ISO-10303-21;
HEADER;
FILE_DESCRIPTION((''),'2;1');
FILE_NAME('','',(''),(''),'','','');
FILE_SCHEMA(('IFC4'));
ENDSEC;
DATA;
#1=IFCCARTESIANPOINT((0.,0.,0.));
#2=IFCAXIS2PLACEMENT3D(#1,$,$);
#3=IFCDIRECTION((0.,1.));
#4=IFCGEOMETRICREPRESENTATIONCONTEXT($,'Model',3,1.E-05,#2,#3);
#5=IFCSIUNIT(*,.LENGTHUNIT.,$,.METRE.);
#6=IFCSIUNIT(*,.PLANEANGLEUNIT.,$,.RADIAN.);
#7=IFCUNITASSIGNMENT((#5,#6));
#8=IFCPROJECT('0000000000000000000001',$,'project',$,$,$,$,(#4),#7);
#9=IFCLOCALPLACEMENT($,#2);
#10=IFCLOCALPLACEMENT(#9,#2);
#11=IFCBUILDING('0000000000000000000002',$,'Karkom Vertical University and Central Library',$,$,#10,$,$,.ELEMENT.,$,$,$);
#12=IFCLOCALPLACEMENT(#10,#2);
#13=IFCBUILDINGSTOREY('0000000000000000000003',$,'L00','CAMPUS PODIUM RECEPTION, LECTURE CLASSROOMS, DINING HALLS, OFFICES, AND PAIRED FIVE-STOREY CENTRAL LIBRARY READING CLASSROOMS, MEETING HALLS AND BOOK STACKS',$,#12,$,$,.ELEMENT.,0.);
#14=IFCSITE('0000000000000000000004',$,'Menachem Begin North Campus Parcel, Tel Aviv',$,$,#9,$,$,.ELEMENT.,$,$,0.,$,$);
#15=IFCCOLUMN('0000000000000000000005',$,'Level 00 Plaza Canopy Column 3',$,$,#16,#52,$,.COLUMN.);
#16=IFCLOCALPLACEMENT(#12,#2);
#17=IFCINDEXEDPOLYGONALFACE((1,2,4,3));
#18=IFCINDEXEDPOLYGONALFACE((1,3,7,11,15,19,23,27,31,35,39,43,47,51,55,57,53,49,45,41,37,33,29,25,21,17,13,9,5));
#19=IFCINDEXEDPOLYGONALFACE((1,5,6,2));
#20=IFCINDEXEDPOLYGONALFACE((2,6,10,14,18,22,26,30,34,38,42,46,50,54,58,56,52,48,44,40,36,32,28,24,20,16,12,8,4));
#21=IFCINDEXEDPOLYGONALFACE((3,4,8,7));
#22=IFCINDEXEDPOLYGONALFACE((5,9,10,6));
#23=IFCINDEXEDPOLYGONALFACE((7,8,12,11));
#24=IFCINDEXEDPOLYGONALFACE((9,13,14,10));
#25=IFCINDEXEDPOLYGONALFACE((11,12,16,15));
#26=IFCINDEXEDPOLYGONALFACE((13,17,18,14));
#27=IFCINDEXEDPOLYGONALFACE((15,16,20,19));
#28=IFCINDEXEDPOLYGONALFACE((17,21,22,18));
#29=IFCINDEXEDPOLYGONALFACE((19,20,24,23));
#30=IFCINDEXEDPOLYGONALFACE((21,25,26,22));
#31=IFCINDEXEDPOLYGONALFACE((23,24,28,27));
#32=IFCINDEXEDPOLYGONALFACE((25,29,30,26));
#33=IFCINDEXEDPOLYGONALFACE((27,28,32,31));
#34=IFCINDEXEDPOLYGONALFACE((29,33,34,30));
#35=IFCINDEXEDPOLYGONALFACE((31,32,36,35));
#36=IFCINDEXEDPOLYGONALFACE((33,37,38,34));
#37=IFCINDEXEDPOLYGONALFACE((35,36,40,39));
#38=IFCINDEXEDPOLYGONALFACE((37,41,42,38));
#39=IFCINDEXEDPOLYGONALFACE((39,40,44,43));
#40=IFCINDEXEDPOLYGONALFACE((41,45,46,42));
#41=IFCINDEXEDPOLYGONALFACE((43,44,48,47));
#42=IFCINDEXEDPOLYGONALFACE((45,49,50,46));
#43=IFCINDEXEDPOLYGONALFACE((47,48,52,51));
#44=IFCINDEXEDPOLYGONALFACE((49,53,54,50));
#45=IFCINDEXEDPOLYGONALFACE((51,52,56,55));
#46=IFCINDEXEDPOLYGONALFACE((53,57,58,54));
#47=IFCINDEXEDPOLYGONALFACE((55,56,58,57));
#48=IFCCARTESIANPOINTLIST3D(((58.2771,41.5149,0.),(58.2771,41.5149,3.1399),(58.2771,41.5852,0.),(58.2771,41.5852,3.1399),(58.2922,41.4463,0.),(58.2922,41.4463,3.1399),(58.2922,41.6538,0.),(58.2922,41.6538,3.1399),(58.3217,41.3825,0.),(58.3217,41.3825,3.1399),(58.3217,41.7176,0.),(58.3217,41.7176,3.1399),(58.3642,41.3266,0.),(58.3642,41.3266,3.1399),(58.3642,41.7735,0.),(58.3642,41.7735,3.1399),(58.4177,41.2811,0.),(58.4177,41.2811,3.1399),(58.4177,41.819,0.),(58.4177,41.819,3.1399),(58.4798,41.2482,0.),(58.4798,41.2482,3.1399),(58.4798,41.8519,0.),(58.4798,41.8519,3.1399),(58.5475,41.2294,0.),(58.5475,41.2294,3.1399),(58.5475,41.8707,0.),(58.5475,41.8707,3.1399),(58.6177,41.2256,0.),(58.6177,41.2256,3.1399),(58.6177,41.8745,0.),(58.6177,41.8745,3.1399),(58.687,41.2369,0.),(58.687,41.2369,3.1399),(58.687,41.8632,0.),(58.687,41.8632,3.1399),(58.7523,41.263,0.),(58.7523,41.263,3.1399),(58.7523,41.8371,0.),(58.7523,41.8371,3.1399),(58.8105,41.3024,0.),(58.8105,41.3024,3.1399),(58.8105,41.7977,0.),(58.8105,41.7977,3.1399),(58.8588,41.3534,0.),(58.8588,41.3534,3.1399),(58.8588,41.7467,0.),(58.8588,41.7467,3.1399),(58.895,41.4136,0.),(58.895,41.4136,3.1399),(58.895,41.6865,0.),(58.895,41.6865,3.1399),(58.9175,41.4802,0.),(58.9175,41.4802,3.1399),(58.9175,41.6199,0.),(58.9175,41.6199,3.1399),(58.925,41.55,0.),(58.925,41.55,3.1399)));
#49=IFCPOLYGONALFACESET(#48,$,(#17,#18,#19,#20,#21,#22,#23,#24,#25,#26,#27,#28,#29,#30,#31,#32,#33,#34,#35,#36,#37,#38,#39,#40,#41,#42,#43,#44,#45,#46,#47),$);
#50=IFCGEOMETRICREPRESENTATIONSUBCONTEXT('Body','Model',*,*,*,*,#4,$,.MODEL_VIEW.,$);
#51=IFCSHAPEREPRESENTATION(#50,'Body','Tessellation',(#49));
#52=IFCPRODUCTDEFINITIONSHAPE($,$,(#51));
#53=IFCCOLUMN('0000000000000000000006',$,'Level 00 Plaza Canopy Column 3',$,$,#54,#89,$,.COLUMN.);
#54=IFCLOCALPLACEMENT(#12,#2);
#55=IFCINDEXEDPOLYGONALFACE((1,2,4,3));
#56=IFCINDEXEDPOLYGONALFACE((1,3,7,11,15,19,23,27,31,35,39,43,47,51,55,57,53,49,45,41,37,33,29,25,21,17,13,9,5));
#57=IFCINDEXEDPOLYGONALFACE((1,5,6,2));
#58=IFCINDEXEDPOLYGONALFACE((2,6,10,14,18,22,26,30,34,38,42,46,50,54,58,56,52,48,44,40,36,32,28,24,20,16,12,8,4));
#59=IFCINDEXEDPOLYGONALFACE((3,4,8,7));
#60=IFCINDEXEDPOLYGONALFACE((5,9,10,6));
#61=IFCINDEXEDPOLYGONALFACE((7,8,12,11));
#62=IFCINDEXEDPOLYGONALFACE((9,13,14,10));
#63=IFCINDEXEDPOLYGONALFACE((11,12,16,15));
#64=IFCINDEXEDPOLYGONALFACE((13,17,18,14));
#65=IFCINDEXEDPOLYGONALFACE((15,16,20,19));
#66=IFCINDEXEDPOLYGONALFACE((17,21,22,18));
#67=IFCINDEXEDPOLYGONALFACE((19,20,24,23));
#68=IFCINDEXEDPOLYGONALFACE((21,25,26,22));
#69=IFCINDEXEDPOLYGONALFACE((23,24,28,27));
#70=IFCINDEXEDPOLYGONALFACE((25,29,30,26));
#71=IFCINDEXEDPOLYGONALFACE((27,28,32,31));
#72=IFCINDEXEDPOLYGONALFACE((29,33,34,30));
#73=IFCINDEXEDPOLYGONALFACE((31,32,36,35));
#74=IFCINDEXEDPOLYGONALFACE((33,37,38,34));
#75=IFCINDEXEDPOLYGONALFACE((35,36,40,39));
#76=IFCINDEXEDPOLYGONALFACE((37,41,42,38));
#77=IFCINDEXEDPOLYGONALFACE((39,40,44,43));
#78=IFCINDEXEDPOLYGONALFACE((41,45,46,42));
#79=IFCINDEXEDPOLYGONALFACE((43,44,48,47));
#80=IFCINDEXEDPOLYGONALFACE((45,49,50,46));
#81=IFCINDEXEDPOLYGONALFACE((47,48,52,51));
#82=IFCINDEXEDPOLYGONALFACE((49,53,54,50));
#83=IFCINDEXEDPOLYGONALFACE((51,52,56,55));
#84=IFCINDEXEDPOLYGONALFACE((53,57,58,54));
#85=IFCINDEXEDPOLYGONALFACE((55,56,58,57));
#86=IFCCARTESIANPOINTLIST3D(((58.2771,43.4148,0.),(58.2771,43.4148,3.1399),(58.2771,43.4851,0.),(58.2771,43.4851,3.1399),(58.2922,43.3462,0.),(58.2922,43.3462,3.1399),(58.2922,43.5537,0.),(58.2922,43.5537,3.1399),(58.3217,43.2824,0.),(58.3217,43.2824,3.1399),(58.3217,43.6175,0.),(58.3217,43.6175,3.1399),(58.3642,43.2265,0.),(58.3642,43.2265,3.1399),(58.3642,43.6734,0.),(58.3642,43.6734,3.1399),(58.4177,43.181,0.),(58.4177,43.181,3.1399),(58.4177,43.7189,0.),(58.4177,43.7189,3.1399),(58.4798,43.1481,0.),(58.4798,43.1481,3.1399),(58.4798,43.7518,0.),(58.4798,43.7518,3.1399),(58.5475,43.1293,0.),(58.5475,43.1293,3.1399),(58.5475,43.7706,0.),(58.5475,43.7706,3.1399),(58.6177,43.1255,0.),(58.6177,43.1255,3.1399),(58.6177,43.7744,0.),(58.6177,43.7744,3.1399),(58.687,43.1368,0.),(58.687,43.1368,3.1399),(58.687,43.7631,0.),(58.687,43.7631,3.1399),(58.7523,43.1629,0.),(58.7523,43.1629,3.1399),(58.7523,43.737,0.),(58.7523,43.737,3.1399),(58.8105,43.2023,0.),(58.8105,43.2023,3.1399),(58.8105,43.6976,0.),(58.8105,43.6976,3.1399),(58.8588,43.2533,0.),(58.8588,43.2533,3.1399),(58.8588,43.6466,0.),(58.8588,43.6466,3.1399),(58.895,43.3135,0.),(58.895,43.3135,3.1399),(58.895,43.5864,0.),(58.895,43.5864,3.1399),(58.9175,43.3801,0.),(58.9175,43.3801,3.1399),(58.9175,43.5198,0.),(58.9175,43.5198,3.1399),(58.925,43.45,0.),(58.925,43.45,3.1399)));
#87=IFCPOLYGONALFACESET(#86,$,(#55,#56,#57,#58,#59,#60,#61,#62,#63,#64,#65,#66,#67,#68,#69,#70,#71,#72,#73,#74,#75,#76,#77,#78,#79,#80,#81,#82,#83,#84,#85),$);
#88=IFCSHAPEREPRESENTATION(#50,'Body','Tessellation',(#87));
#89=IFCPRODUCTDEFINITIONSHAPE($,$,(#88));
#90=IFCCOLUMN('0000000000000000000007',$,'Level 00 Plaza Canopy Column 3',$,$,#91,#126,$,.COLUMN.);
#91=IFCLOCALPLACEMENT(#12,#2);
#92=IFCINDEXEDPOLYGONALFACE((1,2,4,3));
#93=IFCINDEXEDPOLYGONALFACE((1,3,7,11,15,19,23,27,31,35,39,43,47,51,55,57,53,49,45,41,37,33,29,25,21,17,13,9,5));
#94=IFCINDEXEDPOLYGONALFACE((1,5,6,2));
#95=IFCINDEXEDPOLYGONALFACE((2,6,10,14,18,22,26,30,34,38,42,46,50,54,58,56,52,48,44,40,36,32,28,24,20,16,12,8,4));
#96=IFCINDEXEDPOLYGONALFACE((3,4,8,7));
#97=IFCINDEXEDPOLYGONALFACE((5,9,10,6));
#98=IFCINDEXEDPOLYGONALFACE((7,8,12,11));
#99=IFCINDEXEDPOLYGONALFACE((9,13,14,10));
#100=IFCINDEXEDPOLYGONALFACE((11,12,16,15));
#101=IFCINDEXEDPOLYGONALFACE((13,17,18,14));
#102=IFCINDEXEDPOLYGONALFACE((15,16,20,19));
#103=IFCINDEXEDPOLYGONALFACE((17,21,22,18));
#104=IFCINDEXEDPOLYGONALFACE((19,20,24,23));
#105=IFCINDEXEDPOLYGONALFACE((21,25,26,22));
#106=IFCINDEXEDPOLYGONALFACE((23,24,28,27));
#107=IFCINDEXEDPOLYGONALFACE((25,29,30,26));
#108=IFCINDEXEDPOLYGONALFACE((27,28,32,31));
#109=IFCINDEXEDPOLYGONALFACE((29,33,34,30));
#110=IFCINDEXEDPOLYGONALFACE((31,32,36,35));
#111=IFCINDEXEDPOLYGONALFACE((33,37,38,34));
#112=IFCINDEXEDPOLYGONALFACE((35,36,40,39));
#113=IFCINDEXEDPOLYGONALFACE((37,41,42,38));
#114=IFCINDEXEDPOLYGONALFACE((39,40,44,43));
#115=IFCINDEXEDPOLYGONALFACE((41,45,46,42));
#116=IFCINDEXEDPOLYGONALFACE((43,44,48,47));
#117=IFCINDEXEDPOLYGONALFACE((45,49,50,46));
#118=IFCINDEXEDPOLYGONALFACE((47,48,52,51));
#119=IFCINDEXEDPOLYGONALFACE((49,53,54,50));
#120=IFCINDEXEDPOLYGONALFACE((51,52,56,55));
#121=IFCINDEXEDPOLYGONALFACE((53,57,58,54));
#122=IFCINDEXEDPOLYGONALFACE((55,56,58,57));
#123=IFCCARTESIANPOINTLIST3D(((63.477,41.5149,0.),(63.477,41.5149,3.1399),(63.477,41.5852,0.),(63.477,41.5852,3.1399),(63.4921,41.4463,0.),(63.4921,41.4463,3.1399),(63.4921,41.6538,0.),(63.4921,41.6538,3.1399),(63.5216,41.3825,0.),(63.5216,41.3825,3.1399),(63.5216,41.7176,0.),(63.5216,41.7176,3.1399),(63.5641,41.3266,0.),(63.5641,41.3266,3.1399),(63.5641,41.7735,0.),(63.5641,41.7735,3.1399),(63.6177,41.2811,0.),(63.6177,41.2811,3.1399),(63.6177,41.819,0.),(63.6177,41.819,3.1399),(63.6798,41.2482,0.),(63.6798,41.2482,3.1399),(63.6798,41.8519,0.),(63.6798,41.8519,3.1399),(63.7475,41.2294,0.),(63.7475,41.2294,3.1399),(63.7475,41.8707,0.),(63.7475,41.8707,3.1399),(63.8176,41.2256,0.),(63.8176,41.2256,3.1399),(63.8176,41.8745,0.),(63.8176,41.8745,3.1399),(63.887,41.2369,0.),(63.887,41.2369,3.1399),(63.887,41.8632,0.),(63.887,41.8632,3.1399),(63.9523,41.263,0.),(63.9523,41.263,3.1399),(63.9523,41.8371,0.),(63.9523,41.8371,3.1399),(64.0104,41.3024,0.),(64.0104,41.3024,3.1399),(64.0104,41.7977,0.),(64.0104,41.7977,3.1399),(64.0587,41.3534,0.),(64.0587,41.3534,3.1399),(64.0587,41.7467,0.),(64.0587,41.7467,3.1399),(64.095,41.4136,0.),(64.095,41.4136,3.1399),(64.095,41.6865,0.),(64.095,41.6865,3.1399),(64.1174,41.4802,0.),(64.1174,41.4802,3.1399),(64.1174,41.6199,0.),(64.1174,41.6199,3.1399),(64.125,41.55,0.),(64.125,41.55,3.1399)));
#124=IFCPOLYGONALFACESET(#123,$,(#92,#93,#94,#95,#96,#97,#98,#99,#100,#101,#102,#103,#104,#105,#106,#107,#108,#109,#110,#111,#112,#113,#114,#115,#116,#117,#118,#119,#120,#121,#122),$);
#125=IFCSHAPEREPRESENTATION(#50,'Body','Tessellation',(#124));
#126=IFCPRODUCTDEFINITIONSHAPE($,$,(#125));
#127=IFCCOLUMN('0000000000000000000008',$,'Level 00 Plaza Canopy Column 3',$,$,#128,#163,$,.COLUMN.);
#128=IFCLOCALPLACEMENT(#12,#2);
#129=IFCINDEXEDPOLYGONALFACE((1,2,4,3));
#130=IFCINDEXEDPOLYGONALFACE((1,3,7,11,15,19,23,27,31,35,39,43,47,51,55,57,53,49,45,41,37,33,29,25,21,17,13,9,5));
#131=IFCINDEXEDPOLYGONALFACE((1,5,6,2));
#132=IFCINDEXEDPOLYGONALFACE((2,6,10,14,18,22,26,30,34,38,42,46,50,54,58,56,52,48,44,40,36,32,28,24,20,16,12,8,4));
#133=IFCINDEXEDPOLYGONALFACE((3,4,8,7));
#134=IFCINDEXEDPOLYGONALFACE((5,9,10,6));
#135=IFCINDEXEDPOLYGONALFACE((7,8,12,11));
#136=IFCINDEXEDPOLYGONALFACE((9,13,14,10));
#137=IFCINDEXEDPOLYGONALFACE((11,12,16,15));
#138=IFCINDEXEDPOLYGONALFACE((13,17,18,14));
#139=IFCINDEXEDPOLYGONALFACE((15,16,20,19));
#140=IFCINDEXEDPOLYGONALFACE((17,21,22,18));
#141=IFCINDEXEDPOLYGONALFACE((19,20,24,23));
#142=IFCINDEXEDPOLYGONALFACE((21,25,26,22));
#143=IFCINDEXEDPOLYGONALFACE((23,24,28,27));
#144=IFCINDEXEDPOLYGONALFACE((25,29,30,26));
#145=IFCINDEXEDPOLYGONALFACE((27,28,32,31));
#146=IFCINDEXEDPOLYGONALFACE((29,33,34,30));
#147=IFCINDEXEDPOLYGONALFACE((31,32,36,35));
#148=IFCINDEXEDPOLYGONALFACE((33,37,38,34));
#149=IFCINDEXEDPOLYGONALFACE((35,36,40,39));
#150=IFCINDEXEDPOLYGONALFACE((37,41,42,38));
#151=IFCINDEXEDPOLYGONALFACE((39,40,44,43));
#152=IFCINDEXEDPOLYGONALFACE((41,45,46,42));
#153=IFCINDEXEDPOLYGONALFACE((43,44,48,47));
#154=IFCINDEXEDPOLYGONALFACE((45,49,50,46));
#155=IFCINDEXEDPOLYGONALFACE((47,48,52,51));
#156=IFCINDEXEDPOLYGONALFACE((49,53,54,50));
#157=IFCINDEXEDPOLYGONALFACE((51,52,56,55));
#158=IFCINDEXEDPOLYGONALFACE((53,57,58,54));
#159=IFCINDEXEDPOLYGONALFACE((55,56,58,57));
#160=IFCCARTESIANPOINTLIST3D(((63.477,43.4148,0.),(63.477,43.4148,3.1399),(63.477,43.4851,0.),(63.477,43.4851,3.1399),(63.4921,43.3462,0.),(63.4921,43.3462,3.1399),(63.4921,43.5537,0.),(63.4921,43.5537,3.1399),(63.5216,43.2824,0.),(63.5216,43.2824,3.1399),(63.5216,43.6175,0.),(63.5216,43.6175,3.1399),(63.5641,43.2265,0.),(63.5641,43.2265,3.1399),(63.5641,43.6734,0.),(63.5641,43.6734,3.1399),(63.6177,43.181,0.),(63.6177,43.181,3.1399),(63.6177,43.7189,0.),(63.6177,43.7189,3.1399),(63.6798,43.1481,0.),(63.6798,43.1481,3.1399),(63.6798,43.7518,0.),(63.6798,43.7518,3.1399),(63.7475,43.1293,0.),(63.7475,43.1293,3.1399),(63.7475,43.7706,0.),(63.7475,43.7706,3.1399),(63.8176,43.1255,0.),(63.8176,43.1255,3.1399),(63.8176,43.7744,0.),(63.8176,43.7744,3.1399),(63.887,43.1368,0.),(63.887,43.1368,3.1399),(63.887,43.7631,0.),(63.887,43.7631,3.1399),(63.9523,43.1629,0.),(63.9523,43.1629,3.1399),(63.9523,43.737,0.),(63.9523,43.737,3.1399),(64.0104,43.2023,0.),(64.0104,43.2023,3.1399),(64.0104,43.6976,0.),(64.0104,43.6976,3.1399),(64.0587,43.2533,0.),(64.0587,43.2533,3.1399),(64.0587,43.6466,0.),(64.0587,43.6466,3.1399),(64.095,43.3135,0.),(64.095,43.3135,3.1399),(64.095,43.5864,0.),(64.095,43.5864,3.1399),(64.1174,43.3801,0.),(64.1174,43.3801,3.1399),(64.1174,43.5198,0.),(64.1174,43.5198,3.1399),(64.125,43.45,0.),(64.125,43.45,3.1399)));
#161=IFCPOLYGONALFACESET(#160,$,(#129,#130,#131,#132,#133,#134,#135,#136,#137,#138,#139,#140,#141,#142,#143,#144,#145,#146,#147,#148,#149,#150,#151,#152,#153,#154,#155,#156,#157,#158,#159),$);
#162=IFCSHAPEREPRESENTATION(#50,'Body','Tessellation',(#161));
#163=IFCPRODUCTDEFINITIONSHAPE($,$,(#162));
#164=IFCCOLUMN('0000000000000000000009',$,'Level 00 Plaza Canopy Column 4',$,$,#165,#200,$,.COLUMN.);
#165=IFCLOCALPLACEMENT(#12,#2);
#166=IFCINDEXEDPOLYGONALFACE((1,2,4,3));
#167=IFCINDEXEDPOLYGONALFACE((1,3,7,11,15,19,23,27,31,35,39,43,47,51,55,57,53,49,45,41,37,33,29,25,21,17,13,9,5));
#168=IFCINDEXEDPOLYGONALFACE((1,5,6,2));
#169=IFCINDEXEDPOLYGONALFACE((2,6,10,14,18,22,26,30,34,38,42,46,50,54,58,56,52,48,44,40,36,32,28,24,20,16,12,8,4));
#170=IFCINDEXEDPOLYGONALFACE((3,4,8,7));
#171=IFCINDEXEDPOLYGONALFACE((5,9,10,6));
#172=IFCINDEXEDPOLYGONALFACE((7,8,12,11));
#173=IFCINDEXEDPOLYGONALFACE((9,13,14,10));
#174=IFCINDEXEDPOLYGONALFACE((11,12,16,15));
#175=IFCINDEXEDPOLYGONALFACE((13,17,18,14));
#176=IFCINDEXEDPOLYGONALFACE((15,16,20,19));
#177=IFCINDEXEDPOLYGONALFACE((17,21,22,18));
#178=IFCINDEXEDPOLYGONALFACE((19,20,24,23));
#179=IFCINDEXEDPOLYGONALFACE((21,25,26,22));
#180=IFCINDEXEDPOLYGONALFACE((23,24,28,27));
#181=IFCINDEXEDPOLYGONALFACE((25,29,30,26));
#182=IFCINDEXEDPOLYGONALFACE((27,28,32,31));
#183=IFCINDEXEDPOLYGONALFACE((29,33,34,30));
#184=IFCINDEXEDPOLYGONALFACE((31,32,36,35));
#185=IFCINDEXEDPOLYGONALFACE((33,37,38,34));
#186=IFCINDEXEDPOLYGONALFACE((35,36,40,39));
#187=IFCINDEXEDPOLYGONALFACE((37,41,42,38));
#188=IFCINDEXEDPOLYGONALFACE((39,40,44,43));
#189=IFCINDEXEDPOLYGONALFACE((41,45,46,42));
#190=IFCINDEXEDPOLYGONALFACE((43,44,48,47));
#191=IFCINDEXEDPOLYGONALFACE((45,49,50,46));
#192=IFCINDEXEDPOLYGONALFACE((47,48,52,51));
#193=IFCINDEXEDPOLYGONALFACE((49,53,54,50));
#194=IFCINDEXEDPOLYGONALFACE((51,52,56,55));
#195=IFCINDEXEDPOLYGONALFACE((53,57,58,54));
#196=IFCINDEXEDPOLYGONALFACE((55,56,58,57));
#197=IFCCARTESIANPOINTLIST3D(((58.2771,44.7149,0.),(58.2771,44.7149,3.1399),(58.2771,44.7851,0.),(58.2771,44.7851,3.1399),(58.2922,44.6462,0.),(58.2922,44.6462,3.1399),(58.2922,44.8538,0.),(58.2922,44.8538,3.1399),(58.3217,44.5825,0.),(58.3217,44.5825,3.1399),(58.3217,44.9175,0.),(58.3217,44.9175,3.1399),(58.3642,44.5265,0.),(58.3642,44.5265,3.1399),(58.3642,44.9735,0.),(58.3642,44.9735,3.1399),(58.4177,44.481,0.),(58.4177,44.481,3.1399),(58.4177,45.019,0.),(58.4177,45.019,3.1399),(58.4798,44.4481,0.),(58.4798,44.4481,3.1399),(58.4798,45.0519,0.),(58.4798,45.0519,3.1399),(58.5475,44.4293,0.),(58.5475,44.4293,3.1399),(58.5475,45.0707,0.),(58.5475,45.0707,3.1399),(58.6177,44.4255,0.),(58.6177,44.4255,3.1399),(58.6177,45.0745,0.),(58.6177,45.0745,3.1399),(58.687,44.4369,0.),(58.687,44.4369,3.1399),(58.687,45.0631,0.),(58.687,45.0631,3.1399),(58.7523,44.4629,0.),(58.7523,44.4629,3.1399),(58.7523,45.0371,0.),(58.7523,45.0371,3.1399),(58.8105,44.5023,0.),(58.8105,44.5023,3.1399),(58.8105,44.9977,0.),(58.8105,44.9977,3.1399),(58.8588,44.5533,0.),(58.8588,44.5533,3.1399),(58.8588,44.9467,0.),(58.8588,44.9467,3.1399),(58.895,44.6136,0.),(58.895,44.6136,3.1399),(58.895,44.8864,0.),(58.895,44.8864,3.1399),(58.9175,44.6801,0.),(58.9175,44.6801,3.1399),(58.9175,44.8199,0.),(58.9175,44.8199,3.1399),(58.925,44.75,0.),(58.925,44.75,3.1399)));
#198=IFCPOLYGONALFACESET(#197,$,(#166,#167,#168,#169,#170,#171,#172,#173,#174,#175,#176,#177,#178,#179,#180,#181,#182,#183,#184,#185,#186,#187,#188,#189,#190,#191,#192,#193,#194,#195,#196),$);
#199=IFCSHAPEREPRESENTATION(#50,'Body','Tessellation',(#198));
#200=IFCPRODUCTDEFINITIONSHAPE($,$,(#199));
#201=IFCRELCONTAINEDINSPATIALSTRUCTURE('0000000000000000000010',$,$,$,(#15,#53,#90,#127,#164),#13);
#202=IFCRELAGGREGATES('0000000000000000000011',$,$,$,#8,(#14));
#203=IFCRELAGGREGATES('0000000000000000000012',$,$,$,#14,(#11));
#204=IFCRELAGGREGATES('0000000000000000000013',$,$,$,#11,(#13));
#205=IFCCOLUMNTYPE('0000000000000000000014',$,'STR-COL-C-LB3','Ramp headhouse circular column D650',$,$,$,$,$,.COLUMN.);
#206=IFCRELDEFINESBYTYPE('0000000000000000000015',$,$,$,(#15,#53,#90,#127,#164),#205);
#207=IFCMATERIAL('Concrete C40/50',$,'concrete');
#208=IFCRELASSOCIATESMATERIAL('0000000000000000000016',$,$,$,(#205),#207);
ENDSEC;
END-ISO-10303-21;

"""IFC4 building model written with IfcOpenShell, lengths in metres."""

from ifc_helpers import new_model, si_unit, direction, frame, origin, origin_with_axes, origin_2d, place, context, subcontext, project, spatial, circle, extrude, source, transform, mapped, material, material_profile, profile_set, type_object, element, save


model = new_model("IFC4")

# Units and contexts
model_context = context("Model", 3, precision=1e-05, world=origin(), true_north=direction((0.0, 1.0)))
body_context = subcontext(model_context, "Body", "Model", "MODEL_VIEW")
ifc_project = project(units=[si_unit("LENGTHUNIT", "METRE"), si_unit("PLANEANGLEUNIT", "RADIAN")], contexts=[model_context])

# Site, building, storey
site_placement = place(None, origin())
site = spatial("IfcSite", under=ifc_project, at=site_placement, Name="Menachem Begin North Campus Parcel, Tel Aviv", CompositionType="ELEMENT", RefElevation=0.0)
building_placement = place(site_placement, origin())
building = spatial("IfcBuilding", under=site, at=building_placement, Name="Karkom Vertical University and Central Library", CompositionType="ELEMENT")
storey_placement = place(building_placement, origin())
storey = spatial("IfcBuildingStorey", under=building, at=storey_placement, Name="L00", Description="CAMPUS PODIUM RECEPTION, LECTURE CLASSROOMS, DINING HALLS, OFFICES, AND PAIRED FIVE-STOREY CENTRAL LIBRARY READING CLASSROOMS, MEETING HALLS AND BOOK STACKS", CompositionType="ELEMENT", Elevation=0.0)

# Columns
ifc_material_1 = material(Name="Concrete C40/50", Category="concrete")
ifc_material_profile_1 = material_profile(ifc_material_1, circle(Radius=0.325, at=origin_2d()), Name="RC-D650")
ifc_profile_set_1 = profile_set([ifc_material_profile_1], Name="Concrete C40/50")
column_type = type_object("IfcColumnType", Name="STR-COL-C-LB3", Description="Ramp headhouse circular column D650", PredefinedType="COLUMN", material=ifc_profile_set_1)
shared_shape_1 = source(origin_with_axes(), body_context, "Body", "SweptSolid", [
    extrude(circle(Radius=0.325, at=origin_2d()), origin(), (0.0, 0.0, 1.0), 3.1399),
])
for number, where, z_axis, x_axis, name in (
    (1, (58.6001, 41.55, 0.0), (0.0, 0.0, 1.0), (1.0, 0.0, 0.0), "Level 00 Plaza Canopy Column 3"),
    (2, (58.6001, 43.45, 0.0), (0.0, 0.0, 1.0), (1.0, 0.0, 0.0), "Level 00 Plaza Canopy Column 3"),
    (3, (63.8, 41.55, 0.0), (0.0, 0.0, 1.0), (1.0, 0.0, 0.0), "Level 00 Plaza Canopy Column 3"),
    (4, (63.8, 43.45, 0.0), (0.0, 0.0, 1.0), (1.0, 0.0, 0.0), "Level 00 Plaza Canopy Column 3"),
    (5, (58.6001, 44.75, 0.0), (0.0, 0.0, 1.0), (1.0, 0.0, 0.0), "Level 00 Plaza Canopy Column 4"),
):
    element("IfcColumn", number, at=place(storey_placement, frame(where, z_axis=z_axis, x_axis=x_axis)), inside=storey, type_object=column_type, Name=name, PredefinedType="COLUMN", context=body_context, shape_type="MappedRepresentation", body=[
        mapped(shared_shape_1, transform((0.0, 0.0, 0.0), scale=1.0)),
    ])

save(model, "model.ifc")
